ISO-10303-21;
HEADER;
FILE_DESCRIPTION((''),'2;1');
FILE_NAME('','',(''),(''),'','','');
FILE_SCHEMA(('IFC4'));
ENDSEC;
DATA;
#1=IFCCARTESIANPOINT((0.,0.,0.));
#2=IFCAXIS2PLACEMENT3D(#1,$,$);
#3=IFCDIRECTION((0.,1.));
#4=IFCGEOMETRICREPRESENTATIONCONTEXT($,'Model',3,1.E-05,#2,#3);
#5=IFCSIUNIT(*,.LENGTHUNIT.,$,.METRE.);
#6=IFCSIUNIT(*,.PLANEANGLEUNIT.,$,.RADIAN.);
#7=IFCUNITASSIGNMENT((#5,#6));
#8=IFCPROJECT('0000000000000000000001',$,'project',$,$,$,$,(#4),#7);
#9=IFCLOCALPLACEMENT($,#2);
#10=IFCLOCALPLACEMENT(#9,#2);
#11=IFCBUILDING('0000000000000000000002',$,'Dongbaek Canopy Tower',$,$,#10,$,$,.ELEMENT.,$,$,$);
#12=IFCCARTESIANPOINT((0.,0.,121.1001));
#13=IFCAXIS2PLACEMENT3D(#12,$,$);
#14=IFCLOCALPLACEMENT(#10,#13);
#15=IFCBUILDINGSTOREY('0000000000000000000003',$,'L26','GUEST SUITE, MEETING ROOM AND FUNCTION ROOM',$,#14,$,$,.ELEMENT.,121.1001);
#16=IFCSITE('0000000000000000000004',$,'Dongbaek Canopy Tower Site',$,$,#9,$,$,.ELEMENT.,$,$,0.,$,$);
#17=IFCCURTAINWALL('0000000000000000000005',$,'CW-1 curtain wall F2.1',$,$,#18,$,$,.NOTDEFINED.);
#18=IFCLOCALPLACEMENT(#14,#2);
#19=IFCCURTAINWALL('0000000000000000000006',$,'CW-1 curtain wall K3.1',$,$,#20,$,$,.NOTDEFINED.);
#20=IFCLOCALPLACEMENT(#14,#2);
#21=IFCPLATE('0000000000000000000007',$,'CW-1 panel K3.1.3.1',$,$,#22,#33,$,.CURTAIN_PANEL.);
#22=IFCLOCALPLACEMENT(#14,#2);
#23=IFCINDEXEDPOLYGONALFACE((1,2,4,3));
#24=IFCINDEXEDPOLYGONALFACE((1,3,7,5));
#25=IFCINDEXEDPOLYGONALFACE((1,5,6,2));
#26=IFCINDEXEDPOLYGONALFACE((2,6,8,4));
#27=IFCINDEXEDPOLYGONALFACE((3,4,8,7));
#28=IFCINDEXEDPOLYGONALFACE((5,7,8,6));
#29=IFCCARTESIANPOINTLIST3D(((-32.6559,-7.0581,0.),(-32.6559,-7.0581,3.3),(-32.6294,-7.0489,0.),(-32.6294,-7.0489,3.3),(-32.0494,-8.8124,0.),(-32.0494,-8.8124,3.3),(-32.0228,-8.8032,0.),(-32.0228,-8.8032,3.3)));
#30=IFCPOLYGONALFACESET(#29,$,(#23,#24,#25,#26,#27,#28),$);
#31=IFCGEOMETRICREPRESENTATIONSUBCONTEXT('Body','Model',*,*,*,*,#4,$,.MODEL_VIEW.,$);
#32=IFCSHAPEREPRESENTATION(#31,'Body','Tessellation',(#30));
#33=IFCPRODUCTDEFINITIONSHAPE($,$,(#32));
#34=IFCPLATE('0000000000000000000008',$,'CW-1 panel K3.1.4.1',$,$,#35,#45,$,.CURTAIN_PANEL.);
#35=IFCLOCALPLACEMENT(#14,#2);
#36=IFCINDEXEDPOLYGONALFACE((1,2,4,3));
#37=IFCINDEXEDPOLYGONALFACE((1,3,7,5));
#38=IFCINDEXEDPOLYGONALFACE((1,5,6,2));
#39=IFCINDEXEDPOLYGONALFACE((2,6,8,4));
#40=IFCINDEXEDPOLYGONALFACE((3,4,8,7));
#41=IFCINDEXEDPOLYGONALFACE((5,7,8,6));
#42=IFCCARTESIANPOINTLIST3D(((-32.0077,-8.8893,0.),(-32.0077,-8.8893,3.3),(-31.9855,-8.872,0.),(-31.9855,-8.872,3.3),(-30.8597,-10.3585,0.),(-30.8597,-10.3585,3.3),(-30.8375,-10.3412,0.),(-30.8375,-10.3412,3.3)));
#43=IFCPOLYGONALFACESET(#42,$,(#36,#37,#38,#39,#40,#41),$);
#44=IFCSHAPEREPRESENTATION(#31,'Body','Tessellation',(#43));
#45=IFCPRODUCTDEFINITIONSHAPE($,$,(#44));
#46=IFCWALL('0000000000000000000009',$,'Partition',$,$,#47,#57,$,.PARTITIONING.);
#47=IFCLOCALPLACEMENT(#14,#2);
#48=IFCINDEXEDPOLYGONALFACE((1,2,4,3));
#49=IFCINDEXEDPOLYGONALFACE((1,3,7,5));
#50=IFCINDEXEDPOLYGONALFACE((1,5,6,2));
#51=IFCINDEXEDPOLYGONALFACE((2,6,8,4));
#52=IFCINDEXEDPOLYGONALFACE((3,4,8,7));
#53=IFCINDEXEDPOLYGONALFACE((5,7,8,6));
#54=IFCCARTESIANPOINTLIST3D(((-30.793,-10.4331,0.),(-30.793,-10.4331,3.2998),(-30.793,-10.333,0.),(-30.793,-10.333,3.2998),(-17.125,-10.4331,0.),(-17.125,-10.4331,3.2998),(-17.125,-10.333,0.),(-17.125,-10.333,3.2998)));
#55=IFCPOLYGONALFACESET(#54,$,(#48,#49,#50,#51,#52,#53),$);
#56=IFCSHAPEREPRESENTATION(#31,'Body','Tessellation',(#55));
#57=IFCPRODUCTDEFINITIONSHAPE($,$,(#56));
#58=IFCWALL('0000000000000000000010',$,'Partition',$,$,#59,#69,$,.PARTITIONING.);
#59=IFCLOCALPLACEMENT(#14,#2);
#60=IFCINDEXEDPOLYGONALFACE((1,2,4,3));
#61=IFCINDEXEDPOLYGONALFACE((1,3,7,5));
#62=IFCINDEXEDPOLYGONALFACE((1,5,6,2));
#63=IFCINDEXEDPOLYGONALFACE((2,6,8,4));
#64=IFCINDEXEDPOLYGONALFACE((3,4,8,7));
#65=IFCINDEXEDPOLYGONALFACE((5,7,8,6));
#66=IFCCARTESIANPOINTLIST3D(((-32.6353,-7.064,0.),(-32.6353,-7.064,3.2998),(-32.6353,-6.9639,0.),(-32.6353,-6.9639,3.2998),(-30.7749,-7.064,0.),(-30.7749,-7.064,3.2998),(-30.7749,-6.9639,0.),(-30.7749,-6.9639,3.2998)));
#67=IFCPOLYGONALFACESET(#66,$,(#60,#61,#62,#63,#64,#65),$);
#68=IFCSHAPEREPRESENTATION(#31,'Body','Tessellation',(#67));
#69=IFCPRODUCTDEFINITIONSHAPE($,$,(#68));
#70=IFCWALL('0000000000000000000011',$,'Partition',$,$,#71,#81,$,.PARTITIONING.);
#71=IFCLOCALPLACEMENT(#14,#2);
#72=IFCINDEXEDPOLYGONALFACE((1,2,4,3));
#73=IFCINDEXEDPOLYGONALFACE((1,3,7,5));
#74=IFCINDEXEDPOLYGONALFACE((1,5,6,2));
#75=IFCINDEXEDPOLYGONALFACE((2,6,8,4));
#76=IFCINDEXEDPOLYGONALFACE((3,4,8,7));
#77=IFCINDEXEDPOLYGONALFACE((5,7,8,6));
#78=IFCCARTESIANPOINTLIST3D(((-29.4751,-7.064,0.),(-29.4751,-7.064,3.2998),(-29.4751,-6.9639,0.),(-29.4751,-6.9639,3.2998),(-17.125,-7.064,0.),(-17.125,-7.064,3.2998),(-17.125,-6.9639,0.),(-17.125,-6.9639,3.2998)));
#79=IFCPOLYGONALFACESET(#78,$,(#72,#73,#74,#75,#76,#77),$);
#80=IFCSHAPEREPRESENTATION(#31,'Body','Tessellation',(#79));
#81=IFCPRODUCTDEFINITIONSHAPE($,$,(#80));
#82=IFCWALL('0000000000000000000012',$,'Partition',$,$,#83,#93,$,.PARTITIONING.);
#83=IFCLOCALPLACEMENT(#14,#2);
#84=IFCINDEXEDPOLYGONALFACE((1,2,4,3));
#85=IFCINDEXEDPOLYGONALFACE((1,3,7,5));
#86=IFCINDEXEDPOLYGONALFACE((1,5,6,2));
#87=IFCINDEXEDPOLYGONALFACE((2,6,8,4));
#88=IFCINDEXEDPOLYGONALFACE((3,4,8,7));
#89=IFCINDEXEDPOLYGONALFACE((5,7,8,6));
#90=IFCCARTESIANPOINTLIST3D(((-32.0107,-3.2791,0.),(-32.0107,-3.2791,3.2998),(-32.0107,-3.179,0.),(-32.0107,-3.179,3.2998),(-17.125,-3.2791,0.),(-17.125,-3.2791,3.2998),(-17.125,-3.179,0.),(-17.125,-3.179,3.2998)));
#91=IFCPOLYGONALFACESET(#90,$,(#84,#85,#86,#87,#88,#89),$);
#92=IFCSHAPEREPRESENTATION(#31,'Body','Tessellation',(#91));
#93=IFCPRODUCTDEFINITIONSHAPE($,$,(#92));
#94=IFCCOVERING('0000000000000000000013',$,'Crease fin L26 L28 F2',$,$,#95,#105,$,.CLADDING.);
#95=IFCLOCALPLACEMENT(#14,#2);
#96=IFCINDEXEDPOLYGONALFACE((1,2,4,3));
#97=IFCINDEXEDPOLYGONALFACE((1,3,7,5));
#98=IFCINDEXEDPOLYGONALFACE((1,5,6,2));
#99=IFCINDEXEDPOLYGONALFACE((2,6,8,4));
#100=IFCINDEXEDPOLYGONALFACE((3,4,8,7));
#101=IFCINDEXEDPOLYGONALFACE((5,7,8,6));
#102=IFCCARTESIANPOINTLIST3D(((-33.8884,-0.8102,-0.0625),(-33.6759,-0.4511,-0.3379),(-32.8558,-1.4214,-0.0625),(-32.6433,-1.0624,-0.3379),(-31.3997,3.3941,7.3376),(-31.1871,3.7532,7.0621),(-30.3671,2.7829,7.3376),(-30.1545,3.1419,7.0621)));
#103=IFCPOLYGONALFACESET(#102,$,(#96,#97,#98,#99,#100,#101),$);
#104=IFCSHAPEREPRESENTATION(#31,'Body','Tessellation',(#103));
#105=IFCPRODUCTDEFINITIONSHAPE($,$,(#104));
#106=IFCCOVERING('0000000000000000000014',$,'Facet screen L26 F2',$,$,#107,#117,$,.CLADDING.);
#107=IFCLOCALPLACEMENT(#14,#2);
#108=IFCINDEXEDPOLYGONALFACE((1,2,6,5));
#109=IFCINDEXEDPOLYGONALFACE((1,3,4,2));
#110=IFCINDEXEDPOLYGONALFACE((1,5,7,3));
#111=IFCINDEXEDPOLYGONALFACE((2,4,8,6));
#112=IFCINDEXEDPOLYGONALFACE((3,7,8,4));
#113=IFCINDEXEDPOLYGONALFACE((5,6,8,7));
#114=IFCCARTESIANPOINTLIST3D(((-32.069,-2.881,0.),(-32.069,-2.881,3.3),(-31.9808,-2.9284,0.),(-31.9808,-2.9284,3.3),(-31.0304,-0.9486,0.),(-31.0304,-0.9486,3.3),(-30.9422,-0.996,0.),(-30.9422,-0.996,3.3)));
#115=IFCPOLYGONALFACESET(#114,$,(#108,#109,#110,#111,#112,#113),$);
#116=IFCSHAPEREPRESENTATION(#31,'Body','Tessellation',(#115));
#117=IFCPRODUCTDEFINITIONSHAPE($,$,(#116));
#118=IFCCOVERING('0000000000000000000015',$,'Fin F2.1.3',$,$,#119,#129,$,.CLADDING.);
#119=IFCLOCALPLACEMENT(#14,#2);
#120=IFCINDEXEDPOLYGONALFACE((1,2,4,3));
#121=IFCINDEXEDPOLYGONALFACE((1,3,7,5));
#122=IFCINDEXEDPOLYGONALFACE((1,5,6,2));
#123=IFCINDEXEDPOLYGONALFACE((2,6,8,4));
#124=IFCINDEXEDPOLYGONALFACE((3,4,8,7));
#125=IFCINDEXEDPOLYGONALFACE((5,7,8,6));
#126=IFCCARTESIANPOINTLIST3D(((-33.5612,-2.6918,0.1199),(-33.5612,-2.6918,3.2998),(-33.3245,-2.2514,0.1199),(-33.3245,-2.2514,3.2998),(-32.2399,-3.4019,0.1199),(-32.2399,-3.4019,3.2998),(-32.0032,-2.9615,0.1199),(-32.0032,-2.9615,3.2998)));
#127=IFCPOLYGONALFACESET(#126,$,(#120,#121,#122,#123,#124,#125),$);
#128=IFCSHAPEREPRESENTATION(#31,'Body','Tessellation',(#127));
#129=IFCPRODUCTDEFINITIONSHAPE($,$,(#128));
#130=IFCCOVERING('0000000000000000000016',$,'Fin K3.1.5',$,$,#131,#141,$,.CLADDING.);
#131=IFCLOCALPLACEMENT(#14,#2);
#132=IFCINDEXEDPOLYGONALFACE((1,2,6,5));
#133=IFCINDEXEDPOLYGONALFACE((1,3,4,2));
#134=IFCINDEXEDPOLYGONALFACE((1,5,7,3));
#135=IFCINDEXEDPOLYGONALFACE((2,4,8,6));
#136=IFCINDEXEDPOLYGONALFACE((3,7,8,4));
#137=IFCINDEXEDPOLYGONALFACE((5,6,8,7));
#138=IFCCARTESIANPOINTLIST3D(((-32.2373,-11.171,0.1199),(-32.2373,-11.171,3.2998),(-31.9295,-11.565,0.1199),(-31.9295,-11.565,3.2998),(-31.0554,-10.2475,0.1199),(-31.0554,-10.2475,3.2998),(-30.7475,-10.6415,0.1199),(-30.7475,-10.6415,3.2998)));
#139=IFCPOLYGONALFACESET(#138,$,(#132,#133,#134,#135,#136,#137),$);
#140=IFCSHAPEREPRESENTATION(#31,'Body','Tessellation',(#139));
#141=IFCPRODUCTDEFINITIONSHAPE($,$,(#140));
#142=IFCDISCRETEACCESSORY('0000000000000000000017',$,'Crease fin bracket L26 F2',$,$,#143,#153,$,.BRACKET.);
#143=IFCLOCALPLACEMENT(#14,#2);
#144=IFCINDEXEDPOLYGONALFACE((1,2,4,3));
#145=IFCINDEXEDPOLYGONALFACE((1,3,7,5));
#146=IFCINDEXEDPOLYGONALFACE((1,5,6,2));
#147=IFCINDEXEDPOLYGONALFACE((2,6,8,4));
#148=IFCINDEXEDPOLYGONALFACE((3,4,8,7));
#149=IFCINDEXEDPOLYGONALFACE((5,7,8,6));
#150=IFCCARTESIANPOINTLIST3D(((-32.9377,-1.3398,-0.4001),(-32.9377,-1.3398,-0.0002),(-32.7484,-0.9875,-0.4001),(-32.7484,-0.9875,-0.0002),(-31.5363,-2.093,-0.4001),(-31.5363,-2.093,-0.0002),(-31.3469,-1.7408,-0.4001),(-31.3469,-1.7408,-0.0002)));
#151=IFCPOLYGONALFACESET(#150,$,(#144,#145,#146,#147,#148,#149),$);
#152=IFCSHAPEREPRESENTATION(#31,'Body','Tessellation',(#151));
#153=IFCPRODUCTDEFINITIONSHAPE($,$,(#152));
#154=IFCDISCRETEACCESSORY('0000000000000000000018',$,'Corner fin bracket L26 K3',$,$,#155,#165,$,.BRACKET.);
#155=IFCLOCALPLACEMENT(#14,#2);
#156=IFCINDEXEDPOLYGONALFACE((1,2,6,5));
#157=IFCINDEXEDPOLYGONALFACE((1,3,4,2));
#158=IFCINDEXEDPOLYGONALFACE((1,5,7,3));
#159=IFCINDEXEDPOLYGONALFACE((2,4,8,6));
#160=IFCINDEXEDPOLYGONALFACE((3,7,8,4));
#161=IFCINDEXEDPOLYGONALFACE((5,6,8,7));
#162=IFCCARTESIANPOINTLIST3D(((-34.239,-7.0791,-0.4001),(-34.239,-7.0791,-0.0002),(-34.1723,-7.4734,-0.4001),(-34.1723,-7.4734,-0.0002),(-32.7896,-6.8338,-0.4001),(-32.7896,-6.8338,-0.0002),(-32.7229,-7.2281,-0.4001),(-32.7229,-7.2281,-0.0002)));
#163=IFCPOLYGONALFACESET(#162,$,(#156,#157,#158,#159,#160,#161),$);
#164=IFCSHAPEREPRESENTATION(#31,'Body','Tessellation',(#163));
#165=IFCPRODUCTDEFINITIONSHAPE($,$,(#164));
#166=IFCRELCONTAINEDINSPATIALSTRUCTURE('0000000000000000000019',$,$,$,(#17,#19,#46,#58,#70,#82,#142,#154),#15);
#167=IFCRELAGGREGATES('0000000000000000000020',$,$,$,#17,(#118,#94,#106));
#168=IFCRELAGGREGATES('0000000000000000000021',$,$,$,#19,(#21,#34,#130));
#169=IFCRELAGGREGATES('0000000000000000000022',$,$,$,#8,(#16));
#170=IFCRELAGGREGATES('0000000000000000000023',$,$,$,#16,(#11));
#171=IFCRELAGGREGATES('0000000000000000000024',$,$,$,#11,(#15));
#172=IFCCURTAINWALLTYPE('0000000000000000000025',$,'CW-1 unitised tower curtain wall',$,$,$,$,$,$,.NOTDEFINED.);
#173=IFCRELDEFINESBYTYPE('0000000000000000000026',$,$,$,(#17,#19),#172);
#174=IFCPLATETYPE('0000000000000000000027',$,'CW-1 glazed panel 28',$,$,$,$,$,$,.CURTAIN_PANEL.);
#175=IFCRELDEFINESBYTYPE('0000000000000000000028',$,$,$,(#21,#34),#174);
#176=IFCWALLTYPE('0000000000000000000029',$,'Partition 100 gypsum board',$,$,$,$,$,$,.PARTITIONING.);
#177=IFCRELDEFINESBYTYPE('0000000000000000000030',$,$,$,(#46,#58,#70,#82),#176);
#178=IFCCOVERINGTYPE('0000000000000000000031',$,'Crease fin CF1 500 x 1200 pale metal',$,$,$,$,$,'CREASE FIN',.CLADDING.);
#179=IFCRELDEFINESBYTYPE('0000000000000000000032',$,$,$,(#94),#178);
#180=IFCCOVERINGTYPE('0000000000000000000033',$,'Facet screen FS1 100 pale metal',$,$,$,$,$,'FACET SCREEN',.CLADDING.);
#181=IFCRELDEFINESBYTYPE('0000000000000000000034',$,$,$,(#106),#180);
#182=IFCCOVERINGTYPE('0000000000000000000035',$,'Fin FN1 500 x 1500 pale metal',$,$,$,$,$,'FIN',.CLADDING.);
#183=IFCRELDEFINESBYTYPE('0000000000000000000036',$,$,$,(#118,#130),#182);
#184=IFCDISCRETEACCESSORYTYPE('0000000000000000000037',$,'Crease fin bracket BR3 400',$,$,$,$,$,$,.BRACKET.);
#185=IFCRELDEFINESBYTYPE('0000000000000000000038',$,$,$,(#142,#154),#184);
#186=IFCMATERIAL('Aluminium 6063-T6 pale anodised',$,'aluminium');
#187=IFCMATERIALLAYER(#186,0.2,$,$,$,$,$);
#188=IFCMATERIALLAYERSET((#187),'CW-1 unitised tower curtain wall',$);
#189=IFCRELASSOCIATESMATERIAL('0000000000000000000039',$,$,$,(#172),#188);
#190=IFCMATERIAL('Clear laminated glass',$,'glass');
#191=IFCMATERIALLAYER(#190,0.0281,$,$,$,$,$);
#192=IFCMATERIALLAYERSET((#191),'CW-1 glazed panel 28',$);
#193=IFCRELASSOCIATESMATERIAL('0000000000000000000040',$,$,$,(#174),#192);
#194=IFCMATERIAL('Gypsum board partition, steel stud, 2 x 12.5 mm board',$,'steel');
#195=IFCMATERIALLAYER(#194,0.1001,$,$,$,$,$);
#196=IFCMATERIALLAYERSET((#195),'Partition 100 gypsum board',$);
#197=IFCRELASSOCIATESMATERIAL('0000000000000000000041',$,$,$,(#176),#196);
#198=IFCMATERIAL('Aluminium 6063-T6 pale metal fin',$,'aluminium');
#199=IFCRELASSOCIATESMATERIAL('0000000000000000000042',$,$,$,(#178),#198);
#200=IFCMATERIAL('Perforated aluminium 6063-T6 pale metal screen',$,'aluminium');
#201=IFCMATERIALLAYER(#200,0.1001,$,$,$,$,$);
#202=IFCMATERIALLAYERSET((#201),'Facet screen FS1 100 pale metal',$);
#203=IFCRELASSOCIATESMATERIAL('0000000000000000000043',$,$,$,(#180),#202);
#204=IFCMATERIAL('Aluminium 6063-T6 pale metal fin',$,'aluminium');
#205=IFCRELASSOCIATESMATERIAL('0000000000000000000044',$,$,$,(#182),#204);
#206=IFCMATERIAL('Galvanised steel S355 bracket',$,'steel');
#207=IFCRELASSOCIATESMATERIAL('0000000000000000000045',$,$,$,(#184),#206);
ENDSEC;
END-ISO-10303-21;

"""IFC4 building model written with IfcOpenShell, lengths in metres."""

from ifc_helpers import new_model, si_unit, direction, frame, frame_2d, origin, origin_2d, place, context, subcontext, project, spatial, rectangle, extrude, material, layer, layer_set, material_profile, profile_set, type_object, element, aggregate, save


model = new_model("IFC4")

# Units and contexts
model_context = context("Model", 3, precision=1e-05, world=origin(), true_north=direction((0.0, 1.0)))
body_context = subcontext(model_context, "Body", "Model", "MODEL_VIEW")
ifc_project = project(units=[si_unit("LENGTHUNIT", "METRE"), si_unit("PLANEANGLEUNIT", "RADIAN")], contexts=[model_context])

# Site, building, storey
site_placement = place(None, origin())
site = spatial("IfcSite", under=ifc_project, at=site_placement, Name="Dongbaek Canopy Tower Site", CompositionType="ELEMENT", RefElevation=0.0)
building_placement = place(site_placement, origin())
building = spatial("IfcBuilding", under=site, at=building_placement, Name="Dongbaek Canopy Tower", CompositionType="ELEMENT")
storey_placement = place(building_placement, frame((0.0, 0.0, 121.1001)))
storey = spatial("IfcBuildingStorey", under=building, at=storey_placement, Name="L26", Description="GUEST SUITE, MEETING ROOM AND FUNCTION ROOM", CompositionType="ELEMENT", Elevation=121.1001)

# Curtain wall
ifc_material_1 = material(Name="Aluminium 6063-T6 pale anodised", Category="aluminium")
ifc_layer_1 = layer(ifc_material_1, 0.2)
ifc_layer_set_1 = layer_set([ifc_layer_1], Name="CW-1 unitised tower curtain wall")
curtain_wall_type = type_object("IfcCurtainWallType", Name="CW-1 unitised tower curtain wall", PredefinedType="NOTDEFINED", material=ifc_layer_set_1)
curtain_wall_1_placement = place(storey_placement, origin())
curtain_wall_1 = element("IfcCurtainWall", 1, at=curtain_wall_1_placement, inside=storey, type_object=curtain_wall_type, Name="CW-1 curtain wall F2.1", PredefinedType="NOTDEFINED")

# Curtain wall
curtain_wall_2_placement = place(storey_placement, origin())
curtain_wall_2 = element("IfcCurtainWall", 2, at=curtain_wall_2_placement, inside=storey, type_object=curtain_wall_type, Name="CW-1 curtain wall K3.1", PredefinedType="NOTDEFINED")

# Plates
ifc_material_2 = material(Name="Clear laminated glass", Category="glass")
ifc_layer_2 = layer(ifc_material_2, 0.0281)
ifc_layer_set_2 = layer_set([ifc_layer_2], Name="CW-1 glazed panel 28")
plate_type = type_object("IfcPlateType", Name="CW-1 glazed panel 28", PredefinedType="CURTAIN_PANEL", material=ifc_layer_set_2)
plate_1_placement = place(storey_placement, frame((-32.3394, -7.9307, 0.0), z_axis=(0.0, 0.0, 1.0), x_axis=(0.326766, -0.945105, 0.0)))
plate_1 = element("IfcPlate", 3, at=plate_1_placement, type_object=plate_type, Name="CW-1 panel K3.1.3.1", PredefinedType="CURTAIN_PANEL", context=body_context, shape_type="SweptSolid", body=[
    extrude(rectangle(XDim=1.8562, YDim=0.0281, at=origin_2d()), origin(), (0.0, 0.0, 1.0), 3.3),
])
plate_2_placement = place(storey_placement, frame((-31.4226, -9.6152, 0.0), z_axis=(0.0, 0.0, 1.0), x_axis=(0.615716, -0.787968, 0.0)))
plate_2 = element("IfcPlate", 4, at=plate_2_placement, type_object=plate_type, Name="CW-1 panel K3.1.4.1", PredefinedType="CURTAIN_PANEL", context=body_context, shape_type="SweptSolid", body=[
    extrude(rectangle(XDim=1.8645, YDim=0.0281, at=origin_2d()), origin(), (0.0, 0.0, 1.0), 3.3),
])

# Walls
ifc_material_3 = material(Name="Gypsum board partition, steel stud, 2 x 12.5 mm board", Category="steel")
ifc_layer_3 = layer(ifc_material_3, 0.1001)
ifc_layer_set_3 = layer_set([ifc_layer_3], Name="Partition 100 gypsum board")
wall_type = type_object("IfcWallType", Name="Partition 100 gypsum board", PredefinedType="PARTITIONING", material=ifc_layer_set_3)
wall_1_placement = place(storey_placement, frame((-30.793, -10.3831, 0.0), z_axis=(0.0, 0.0, 1.0), x_axis=(1.0, 0.0, 0.0)))
element("IfcWall", 5, at=wall_1_placement, inside=storey, type_object=wall_type, Name="Partition", PredefinedType="PARTITIONING", context=body_context, shape_type="SweptSolid", body=[
    extrude(rectangle(XDim=13.668, YDim=0.1001, at=frame_2d((6.834, 0.0))), origin(), (0.0, 0.0, 1.0), 3.2998),
])
wall_2_placement = place(storey_placement, frame((-32.6353, -7.0139, 0.0), z_axis=(0.0, 0.0, 1.0), x_axis=(1.0, 0.0, 0.0)))
element("IfcWall", 6, at=wall_2_placement, inside=storey, type_object=wall_type, Name="Partition", PredefinedType="PARTITIONING", context=body_context, shape_type="SweptSolid", body=[
    extrude(rectangle(XDim=1.8604, YDim=0.1001, at=frame_2d((0.9302, 0.0))), origin(), (0.0, 0.0, 1.0), 3.2998),
])
wall_3_placement = place(storey_placement, frame((-29.4751, -7.0139, 0.0), z_axis=(0.0, 0.0, 1.0), x_axis=(1.0, 0.0, 0.0)))
element("IfcWall", 7, at=wall_3_placement, inside=storey, type_object=wall_type, Name="Partition", PredefinedType="PARTITIONING", context=body_context, shape_type="SweptSolid", body=[
    extrude(rectangle(XDim=12.3501, YDim=0.1001, at=frame_2d((6.175, 0.0))), origin(), (0.0, 0.0, 1.0), 3.2998),
])
wall_4_placement = place(storey_placement, frame((-32.0107, -3.229, 0.0), z_axis=(0.0, 0.0, 1.0), x_axis=(1.0, 0.0, 0.0)))
element("IfcWall", 8, at=wall_4_placement, inside=storey, type_object=wall_type, Name="Partition", PredefinedType="PARTITIONING", context=body_context, shape_type="SweptSolid", body=[
    extrude(rectangle(XDim=14.8857, YDim=0.1001, at=frame_2d((7.4429, 0.0))), origin(), (0.0, 0.0, 1.0), 3.2998),
])

# Coverings
ifc_material_4 = material(Name="Aluminium 6063-T6 pale metal fin", Category="aluminium")
ifc_material_profile_1 = material_profile(ifc_material_4, rectangle(XDim=1.2, YDim=0.5, at=origin_2d()), Name="Crease fin CF1 500 x 1200 pale metal")
ifc_profile_set_1 = profile_set([ifc_material_profile_1], Name="Aluminium 6063-T6 pale metal fin")
covering_type_1 = type_object("IfcCoveringType", Name="Crease fin CF1 500 x 1200 pale metal", ElementType="CREASE FIN", PredefinedType="CLADDING", material=ifc_profile_set_1)
covering_1_placement = place(storey_placement, frame((-33.2659, -0.9363, -0.2002), z_axis=(0.280662, 0.474129, 0.834524), x_axis=(-0.860533, 0.509394, 0.0)))
covering_1 = element("IfcCovering", 9, at=covering_1_placement, type_object=covering_type_1, Name="Crease fin L26 L28 F2", PredefinedType="CLADDING", context=body_context, shape_type="SweptSolid", body=[
    extrude(rectangle(XDim=1.2, YDim=0.5, at=origin_2d()), origin(), (0.0, 0.0, 1.0), 8.8674),
])
ifc_material_5 = material(Name="Perforated aluminium 6063-T6 pale metal screen", Category="aluminium")
ifc_layer_4 = layer(ifc_material_5, 0.1001)
ifc_layer_set_4 = layer_set([ifc_layer_4], Name="Facet screen FS1 100 pale metal")
covering_type_2 = type_object("IfcCoveringType", Name="Facet screen FS1 100 pale metal", ElementType="FACET SCREEN", PredefinedType="CLADDING", material=ifc_layer_set_4)
covering_2_placement = place(storey_placement, frame((-31.5056, -1.9385, 0.0), z_axis=(0.0, 0.0, 1.0), x_axis=(-0.473409, -0.880843, 0.0)))
covering_2 = element("IfcCovering", 10, at=covering_2_placement, type_object=covering_type_2, Name="Facet screen L26 F2", PredefinedType="CLADDING", context=body_context, shape_type="SweptSolid", body=[
    extrude(rectangle(XDim=2.1938, YDim=0.1001, at=origin_2d()), origin(), (0.0, 0.0, 1.0), 3.3),
])
ifc_material_6 = material(Name="Aluminium 6063-T6 pale metal fin", Category="aluminium")
ifc_material_profile_2 = material_profile(ifc_material_6, rectangle(XDim=1.5, YDim=0.5, at=origin_2d()), Name="Fin FN1 500 x 1500 pale metal")
ifc_profile_set_2 = profile_set([ifc_material_profile_2], Name="Aluminium 6063-T6 pale metal fin")
covering_type_3 = type_object("IfcCoveringType", Name="Fin FN1 500 x 1500 pale metal", ElementType="FIN", PredefinedType="CLADDING", material=ifc_profile_set_2)
covering_3_placement = place(storey_placement, frame((-32.7822, -2.8267, 0.1199), z_axis=(0.0, 0.0, 1.0), x_axis=(-0.880843, 0.473409, 0.0)))
covering_3 = element("IfcCovering", 11, at=covering_3_placement, type_object=covering_type_3, Name="Fin F2.1.3", PredefinedType="CLADDING", context=body_context, shape_type="SweptSolid", body=[
    extrude(rectangle(XDim=1.5, YDim=0.5, at=origin_2d()), origin(), (0.0, 0.0, 1.0), 3.1799),
])
aggregate(curtain_wall_1, [covering_3, covering_1, covering_2])
covering_4_placement = place(storey_placement, frame((-31.4924, -10.9062, 0.1199), z_axis=(0.0, 0.0, 1.0), x_axis=(-0.787968, -0.615716, 0.0)))
covering_4 = element("IfcCovering", 12, at=covering_4_placement, type_object=covering_type_3, Name="Fin K3.1.5", PredefinedType="CLADDING", context=body_context, shape_type="SweptSolid", body=[
    extrude(rectangle(XDim=1.5, YDim=0.5, at=origin_2d()), origin(), (0.0, 0.0, 1.0), 3.1799),
])
aggregate(curtain_wall_2, [plate_1, plate_2, covering_4])

# Discrete accessories
ifc_material_7 = material(Name="Galvanised steel S355 bracket", Category="steel")
discrete_accessory_type = type_object("IfcDiscreteAccessoryType", Name="Crease fin bracket BR3 400", PredefinedType="BRACKET", material=ifc_material_7)
discrete_accessory_1_placement = place(storey_placement, frame((-32.1423, -1.5403, -0.4001), z_axis=(0.0, 0.0, 1.0), x_axis=(-0.880843, 0.473409, 0.0)))
element("IfcDiscreteAccessory", 13, at=discrete_accessory_1_placement, inside=storey, type_object=discrete_accessory_type, Name="Crease fin bracket L26 F2", PredefinedType="BRACKET", context=body_context, shape_type="SweptSolid", body=[
    extrude(rectangle(XDim=1.5911, YDim=0.3999, at=origin_2d()), origin(), (0.0, 0.0, 1.0), 0.3999),
])
discrete_accessory_2_placement = place(storey_placement, frame((-33.481, -7.1536, -0.4001), z_axis=(0.0, 0.0, 1.0), x_axis=(-0.985976, -0.166887, 0.0)))
element("IfcDiscreteAccessory", 14, at=discrete_accessory_2_placement, inside=storey, type_object=discrete_accessory_type, Name="Corner fin bracket L26 K3", PredefinedType="BRACKET", context=body_context, shape_type="SweptSolid", body=[
    extrude(rectangle(XDim=1.47, YDim=0.3999, at=origin_2d()), origin(), (0.0, 0.0, 1.0), 0.3999),
])

save(model, "model.ifc")
